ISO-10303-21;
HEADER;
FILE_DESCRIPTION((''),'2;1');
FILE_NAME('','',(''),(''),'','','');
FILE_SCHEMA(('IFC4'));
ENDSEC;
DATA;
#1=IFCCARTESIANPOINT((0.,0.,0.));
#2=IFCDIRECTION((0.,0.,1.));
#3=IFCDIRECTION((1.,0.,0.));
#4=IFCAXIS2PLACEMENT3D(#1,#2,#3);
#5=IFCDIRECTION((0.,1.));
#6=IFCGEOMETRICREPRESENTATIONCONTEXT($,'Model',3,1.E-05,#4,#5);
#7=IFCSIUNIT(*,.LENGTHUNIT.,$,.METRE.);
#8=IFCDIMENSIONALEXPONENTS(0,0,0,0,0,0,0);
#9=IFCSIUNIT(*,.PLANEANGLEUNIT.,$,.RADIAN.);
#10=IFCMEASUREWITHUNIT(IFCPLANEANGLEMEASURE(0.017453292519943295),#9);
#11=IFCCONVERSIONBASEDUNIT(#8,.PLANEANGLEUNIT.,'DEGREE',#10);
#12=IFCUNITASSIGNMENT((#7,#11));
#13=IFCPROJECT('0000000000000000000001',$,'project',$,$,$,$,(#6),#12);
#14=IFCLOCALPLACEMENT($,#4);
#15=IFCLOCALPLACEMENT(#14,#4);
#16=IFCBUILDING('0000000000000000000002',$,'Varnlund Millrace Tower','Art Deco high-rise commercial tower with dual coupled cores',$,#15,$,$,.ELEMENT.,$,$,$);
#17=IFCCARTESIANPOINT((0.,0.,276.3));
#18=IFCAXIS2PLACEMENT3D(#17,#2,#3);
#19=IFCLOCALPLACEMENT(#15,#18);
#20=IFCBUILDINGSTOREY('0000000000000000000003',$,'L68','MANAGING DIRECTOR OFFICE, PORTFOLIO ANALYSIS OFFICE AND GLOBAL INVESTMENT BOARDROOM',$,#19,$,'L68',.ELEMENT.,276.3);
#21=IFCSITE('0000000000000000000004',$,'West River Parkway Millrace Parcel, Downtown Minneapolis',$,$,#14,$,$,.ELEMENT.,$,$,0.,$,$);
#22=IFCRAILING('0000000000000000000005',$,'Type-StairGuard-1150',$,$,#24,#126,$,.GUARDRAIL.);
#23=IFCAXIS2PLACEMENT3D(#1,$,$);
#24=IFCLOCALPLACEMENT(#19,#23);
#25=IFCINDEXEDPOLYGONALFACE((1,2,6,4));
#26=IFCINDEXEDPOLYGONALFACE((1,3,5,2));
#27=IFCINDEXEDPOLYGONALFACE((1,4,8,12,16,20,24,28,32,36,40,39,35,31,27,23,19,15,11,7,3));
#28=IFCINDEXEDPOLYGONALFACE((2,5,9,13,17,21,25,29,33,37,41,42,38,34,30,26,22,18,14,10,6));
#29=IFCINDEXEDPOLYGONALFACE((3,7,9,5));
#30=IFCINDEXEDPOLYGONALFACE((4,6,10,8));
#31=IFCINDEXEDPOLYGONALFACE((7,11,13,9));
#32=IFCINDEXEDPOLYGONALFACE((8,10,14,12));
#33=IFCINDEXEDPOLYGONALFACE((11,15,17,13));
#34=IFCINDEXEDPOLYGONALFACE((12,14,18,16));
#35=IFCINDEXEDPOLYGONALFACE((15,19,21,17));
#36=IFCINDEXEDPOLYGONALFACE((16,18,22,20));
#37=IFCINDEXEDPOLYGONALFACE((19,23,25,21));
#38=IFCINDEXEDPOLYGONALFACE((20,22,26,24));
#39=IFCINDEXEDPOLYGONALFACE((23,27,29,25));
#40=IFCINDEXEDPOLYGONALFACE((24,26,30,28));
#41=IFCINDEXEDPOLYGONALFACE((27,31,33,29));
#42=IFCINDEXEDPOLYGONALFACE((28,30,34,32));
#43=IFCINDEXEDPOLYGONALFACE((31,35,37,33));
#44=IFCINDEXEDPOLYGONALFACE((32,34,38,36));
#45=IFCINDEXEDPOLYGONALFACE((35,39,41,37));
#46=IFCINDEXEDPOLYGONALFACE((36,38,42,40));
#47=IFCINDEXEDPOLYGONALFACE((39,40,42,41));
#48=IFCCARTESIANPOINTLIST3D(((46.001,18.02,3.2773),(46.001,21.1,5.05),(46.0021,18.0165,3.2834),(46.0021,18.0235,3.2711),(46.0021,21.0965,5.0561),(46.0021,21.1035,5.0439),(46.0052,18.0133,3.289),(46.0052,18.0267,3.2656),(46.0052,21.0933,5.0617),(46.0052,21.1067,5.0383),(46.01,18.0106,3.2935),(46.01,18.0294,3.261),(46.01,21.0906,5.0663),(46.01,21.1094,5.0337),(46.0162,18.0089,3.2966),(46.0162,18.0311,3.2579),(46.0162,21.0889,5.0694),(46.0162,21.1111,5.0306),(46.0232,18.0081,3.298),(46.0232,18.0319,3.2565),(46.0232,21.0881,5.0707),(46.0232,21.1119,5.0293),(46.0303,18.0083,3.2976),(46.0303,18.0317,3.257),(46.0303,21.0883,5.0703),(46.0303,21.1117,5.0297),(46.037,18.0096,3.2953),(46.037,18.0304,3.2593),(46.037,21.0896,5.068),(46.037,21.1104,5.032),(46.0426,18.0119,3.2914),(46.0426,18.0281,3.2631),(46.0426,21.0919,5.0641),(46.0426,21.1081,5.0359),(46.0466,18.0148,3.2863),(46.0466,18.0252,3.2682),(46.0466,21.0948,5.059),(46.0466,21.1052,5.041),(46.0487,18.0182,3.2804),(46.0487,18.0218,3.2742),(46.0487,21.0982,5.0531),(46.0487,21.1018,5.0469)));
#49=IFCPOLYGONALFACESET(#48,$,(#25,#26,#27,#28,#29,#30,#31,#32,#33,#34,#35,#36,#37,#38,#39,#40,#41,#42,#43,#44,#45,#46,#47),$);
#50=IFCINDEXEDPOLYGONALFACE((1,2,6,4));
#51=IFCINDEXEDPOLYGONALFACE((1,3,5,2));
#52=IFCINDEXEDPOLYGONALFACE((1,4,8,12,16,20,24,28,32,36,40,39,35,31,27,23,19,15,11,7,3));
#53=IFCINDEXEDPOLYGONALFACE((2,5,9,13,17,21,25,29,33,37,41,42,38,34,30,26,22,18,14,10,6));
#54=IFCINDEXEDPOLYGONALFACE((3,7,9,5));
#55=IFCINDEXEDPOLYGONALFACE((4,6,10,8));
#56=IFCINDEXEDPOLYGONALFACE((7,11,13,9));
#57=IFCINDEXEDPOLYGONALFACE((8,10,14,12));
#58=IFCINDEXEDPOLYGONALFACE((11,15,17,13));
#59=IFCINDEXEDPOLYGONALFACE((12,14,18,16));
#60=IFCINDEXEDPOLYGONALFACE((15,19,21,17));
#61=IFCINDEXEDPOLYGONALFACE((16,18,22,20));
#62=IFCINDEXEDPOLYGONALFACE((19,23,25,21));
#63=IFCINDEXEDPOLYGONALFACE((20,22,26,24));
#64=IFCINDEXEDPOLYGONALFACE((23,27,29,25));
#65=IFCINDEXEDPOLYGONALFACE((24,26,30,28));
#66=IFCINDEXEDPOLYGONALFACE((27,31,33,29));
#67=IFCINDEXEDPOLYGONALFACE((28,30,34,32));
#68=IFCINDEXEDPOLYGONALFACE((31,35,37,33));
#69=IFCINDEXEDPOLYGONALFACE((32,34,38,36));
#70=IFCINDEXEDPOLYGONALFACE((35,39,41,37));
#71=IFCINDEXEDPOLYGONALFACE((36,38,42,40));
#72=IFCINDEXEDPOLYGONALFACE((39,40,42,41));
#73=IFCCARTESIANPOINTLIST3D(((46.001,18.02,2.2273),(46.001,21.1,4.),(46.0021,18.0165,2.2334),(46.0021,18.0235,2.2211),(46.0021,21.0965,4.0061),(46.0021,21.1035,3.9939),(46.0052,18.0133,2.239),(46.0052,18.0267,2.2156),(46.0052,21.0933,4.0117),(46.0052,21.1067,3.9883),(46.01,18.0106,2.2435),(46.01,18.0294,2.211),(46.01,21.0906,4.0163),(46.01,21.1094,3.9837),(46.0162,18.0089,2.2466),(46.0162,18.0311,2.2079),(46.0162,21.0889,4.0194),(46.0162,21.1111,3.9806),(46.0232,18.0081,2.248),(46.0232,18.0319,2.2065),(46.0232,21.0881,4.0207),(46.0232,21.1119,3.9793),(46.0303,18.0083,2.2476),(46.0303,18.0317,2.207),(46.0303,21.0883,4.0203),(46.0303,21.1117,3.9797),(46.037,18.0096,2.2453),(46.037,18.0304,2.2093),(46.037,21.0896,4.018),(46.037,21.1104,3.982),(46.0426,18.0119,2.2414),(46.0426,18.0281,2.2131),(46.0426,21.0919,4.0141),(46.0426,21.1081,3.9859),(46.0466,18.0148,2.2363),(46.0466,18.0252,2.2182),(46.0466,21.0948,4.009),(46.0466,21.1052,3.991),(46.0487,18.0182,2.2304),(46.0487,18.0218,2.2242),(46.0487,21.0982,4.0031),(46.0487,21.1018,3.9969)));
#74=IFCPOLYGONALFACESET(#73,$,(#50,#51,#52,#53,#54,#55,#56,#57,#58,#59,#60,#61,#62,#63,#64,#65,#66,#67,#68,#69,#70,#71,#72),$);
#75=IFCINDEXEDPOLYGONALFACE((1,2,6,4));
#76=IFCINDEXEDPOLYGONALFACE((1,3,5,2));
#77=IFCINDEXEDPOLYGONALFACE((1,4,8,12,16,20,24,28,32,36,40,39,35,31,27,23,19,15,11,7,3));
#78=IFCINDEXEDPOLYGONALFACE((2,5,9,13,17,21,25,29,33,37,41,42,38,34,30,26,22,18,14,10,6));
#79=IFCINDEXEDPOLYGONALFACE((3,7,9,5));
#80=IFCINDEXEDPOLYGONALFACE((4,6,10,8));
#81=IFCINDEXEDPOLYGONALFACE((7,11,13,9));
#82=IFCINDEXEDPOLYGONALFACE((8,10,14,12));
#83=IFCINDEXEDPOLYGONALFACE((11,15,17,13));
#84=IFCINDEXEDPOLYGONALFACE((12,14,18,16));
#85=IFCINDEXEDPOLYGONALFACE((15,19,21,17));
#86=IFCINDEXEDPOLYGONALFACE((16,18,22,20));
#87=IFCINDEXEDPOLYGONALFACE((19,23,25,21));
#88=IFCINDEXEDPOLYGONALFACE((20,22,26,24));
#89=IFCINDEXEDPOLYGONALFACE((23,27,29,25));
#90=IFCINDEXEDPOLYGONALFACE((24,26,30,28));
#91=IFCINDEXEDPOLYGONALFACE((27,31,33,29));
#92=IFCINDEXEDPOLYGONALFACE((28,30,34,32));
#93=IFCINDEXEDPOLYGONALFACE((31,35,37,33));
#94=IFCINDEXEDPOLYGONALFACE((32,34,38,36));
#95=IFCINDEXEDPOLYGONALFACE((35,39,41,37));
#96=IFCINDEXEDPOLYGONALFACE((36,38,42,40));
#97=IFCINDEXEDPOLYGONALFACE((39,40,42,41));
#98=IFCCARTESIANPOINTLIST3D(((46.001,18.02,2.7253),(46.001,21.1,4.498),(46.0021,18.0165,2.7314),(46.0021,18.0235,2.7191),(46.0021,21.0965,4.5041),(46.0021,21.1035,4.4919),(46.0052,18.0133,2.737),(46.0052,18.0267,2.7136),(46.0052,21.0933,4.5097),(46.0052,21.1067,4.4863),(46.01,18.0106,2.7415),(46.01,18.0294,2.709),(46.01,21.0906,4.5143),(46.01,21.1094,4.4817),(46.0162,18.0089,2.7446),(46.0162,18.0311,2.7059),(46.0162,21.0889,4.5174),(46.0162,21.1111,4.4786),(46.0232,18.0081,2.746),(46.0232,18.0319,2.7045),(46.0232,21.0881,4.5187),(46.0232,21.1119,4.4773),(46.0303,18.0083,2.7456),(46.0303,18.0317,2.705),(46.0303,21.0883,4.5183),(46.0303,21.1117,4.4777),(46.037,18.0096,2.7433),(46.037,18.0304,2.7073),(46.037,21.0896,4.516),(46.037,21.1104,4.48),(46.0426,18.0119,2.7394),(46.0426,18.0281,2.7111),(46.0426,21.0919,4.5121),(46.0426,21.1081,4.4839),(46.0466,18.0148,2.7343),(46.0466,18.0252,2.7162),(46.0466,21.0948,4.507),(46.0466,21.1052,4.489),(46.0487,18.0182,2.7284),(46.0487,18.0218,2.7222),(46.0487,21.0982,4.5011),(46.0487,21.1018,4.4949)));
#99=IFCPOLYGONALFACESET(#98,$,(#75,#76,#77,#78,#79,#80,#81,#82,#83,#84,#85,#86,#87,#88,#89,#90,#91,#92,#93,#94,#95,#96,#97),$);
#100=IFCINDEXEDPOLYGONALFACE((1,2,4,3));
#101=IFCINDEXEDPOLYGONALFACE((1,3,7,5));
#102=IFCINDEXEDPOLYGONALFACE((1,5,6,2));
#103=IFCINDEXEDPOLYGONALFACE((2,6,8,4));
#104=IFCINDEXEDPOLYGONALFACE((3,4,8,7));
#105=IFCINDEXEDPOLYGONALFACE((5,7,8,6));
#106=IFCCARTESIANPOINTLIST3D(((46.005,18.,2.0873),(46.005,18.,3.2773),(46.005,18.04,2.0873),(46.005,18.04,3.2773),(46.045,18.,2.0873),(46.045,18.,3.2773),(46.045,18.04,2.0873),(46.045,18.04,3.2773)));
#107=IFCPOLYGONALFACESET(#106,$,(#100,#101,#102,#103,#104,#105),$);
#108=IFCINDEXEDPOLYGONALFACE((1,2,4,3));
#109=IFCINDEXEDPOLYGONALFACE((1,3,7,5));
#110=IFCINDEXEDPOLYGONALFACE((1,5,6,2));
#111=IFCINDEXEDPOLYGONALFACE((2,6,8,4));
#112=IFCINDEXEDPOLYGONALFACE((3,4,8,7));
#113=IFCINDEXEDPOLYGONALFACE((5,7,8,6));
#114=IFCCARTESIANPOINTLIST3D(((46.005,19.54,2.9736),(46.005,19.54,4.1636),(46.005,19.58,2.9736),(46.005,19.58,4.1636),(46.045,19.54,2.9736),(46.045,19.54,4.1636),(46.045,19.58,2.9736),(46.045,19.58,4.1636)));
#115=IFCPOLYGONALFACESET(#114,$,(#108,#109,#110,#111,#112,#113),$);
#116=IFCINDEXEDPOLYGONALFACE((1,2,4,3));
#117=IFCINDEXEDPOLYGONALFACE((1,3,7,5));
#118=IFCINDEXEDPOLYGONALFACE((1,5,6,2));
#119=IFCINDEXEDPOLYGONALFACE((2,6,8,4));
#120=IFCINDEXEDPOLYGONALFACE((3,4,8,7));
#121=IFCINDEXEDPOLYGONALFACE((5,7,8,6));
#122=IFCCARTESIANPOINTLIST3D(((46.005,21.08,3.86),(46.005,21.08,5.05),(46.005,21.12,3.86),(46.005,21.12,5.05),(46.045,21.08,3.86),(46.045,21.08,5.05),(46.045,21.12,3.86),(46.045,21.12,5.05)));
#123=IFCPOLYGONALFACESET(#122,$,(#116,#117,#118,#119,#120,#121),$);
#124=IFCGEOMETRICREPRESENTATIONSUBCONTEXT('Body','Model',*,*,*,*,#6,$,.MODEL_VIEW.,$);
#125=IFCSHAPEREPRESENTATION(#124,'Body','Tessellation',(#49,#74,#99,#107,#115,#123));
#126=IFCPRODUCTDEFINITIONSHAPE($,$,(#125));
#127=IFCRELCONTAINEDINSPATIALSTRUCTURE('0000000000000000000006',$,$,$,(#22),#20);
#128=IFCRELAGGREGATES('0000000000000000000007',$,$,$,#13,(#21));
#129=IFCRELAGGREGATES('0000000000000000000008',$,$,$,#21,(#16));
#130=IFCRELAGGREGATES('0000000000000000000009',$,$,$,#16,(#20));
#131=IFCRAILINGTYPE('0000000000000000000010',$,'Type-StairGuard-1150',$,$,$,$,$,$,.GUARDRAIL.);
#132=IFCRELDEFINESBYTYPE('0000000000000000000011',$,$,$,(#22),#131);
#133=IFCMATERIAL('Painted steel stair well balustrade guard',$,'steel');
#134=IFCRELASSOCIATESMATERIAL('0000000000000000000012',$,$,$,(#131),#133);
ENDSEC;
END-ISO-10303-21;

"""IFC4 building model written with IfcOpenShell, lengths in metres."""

from ifc_helpers import new_model, entity, si_unit, converted_unit, direction, frame, origin_with_axes, origin_2d_with_axis, place, context, subcontext, project, spatial, rectangle, circle, extrude, material, type_object, element, save


model = new_model("IFC4")

# Units and contexts
model_context = context("Model", 3, precision=1e-05, world=origin_with_axes(), true_north=direction((0.0, 1.0)))
body_context = subcontext(model_context, "Body", "Model", "MODEL_VIEW")
ifc_project = project(units=[si_unit("LENGTHUNIT", "METRE"), converted_unit("PLANEANGLEUNIT", "DEGREE", entity("IfcPlaneAngleMeasure", 0.017453292519943295), si_unit("PLANEANGLEUNIT", "RADIAN"), dimensions=[0, 0, 0, 0, 0, 0, 0])], contexts=[model_context])

# Site, building, storey
site_placement = place(None, origin_with_axes())
site = spatial("IfcSite", under=ifc_project, at=site_placement, Name="West River Parkway Millrace Parcel, Downtown Minneapolis", CompositionType="ELEMENT", RefElevation=0.0)
building_placement = place(site_placement, origin_with_axes())
building = spatial("IfcBuilding", under=site, at=building_placement, Name="Varnlund Millrace Tower", Description="Art Deco high-rise commercial tower with dual coupled cores", CompositionType="ELEMENT")
storey_placement = place(building_placement, frame((0.0, 0.0, 276.3), z_axis=(0.0, 0.0, 1.0), x_axis=(1.0, 0.0, 0.0)))
storey = spatial("IfcBuildingStorey", under=building, at=storey_placement, Name="L68", Description="MANAGING DIRECTOR OFFICE, PORTFOLIO ANALYSIS OFFICE AND GLOBAL INVESTMENT BOARDROOM", LongName="L68", CompositionType="ELEMENT", Elevation=276.3)

# Railing
ifc_material_1 = material(Name="Painted steel stair well balustrade guard", Category="steel")
railing_type_1 = type_object("IfcRailingType", Name="Type-StairGuard-1150", PredefinedType="GUARDRAIL", material=ifc_material_1)
railing_1_placement = place(storey_placement, frame((0.0, 0.0, -276.3), z_axis=(0.0, 0.0, 1.0), x_axis=(1.0, 0.0, 0.0)))
element("IfcRailing", 1, at=railing_1_placement, inside=storey, type_object=railing_type_1, Name="Type-StairGuard-1150", PredefinedType="GUARDRAIL", context=body_context, shape_type="SweptSolid", body=[
    extrude(circle(Radius=0.024, at=origin_2d_with_axis()), frame((46.025, 18.02, 279.5773), z_axis=(0.0, 0.866696, 0.498836), x_axis=(-1.0, 0.0, 0.0)), (0.0, 0.0, 1.0), 3.5537),
    extrude(circle(Radius=0.024, at=origin_2d_with_axis()), frame((46.025, 18.02, 278.5273), z_axis=(0.0, 0.866696, 0.498836), x_axis=(-1.0, 0.0, 0.0)), (0.0, 0.0, 1.0), 3.5537),
    extrude(circle(Radius=0.024, at=origin_2d_with_axis()), frame((46.025, 18.02, 279.0253), z_axis=(0.0, 0.866696, 0.498836), x_axis=(-1.0, 0.0, 0.0)), (0.0, 0.0, 1.0), 3.5537),
    extrude(rectangle(XDim=0.04, YDim=0.04, at=origin_2d_with_axis()), frame((46.025, 18.02, 278.3873), z_axis=(0.0, 0.0, 1.0), x_axis=(1.0, 0.0, 0.0)), (0.0, 0.0, 1.0), 1.19),
    extrude(rectangle(XDim=0.04, YDim=0.04, at=origin_2d_with_axis()), frame((46.025, 19.56, 279.2736), z_axis=(0.0, 0.0, 1.0), x_axis=(1.0, 0.0, 0.0)), (0.0, 0.0, 1.0), 1.19),
    extrude(rectangle(XDim=0.04, YDim=0.04, at=origin_2d_with_axis()), frame((46.025, 21.1, 280.16), z_axis=(0.0, 0.0, 1.0), x_axis=(1.0, 0.0, 0.0)), (0.0, 0.0, 1.0), 1.19),
])

save(model, "model.ifc")
